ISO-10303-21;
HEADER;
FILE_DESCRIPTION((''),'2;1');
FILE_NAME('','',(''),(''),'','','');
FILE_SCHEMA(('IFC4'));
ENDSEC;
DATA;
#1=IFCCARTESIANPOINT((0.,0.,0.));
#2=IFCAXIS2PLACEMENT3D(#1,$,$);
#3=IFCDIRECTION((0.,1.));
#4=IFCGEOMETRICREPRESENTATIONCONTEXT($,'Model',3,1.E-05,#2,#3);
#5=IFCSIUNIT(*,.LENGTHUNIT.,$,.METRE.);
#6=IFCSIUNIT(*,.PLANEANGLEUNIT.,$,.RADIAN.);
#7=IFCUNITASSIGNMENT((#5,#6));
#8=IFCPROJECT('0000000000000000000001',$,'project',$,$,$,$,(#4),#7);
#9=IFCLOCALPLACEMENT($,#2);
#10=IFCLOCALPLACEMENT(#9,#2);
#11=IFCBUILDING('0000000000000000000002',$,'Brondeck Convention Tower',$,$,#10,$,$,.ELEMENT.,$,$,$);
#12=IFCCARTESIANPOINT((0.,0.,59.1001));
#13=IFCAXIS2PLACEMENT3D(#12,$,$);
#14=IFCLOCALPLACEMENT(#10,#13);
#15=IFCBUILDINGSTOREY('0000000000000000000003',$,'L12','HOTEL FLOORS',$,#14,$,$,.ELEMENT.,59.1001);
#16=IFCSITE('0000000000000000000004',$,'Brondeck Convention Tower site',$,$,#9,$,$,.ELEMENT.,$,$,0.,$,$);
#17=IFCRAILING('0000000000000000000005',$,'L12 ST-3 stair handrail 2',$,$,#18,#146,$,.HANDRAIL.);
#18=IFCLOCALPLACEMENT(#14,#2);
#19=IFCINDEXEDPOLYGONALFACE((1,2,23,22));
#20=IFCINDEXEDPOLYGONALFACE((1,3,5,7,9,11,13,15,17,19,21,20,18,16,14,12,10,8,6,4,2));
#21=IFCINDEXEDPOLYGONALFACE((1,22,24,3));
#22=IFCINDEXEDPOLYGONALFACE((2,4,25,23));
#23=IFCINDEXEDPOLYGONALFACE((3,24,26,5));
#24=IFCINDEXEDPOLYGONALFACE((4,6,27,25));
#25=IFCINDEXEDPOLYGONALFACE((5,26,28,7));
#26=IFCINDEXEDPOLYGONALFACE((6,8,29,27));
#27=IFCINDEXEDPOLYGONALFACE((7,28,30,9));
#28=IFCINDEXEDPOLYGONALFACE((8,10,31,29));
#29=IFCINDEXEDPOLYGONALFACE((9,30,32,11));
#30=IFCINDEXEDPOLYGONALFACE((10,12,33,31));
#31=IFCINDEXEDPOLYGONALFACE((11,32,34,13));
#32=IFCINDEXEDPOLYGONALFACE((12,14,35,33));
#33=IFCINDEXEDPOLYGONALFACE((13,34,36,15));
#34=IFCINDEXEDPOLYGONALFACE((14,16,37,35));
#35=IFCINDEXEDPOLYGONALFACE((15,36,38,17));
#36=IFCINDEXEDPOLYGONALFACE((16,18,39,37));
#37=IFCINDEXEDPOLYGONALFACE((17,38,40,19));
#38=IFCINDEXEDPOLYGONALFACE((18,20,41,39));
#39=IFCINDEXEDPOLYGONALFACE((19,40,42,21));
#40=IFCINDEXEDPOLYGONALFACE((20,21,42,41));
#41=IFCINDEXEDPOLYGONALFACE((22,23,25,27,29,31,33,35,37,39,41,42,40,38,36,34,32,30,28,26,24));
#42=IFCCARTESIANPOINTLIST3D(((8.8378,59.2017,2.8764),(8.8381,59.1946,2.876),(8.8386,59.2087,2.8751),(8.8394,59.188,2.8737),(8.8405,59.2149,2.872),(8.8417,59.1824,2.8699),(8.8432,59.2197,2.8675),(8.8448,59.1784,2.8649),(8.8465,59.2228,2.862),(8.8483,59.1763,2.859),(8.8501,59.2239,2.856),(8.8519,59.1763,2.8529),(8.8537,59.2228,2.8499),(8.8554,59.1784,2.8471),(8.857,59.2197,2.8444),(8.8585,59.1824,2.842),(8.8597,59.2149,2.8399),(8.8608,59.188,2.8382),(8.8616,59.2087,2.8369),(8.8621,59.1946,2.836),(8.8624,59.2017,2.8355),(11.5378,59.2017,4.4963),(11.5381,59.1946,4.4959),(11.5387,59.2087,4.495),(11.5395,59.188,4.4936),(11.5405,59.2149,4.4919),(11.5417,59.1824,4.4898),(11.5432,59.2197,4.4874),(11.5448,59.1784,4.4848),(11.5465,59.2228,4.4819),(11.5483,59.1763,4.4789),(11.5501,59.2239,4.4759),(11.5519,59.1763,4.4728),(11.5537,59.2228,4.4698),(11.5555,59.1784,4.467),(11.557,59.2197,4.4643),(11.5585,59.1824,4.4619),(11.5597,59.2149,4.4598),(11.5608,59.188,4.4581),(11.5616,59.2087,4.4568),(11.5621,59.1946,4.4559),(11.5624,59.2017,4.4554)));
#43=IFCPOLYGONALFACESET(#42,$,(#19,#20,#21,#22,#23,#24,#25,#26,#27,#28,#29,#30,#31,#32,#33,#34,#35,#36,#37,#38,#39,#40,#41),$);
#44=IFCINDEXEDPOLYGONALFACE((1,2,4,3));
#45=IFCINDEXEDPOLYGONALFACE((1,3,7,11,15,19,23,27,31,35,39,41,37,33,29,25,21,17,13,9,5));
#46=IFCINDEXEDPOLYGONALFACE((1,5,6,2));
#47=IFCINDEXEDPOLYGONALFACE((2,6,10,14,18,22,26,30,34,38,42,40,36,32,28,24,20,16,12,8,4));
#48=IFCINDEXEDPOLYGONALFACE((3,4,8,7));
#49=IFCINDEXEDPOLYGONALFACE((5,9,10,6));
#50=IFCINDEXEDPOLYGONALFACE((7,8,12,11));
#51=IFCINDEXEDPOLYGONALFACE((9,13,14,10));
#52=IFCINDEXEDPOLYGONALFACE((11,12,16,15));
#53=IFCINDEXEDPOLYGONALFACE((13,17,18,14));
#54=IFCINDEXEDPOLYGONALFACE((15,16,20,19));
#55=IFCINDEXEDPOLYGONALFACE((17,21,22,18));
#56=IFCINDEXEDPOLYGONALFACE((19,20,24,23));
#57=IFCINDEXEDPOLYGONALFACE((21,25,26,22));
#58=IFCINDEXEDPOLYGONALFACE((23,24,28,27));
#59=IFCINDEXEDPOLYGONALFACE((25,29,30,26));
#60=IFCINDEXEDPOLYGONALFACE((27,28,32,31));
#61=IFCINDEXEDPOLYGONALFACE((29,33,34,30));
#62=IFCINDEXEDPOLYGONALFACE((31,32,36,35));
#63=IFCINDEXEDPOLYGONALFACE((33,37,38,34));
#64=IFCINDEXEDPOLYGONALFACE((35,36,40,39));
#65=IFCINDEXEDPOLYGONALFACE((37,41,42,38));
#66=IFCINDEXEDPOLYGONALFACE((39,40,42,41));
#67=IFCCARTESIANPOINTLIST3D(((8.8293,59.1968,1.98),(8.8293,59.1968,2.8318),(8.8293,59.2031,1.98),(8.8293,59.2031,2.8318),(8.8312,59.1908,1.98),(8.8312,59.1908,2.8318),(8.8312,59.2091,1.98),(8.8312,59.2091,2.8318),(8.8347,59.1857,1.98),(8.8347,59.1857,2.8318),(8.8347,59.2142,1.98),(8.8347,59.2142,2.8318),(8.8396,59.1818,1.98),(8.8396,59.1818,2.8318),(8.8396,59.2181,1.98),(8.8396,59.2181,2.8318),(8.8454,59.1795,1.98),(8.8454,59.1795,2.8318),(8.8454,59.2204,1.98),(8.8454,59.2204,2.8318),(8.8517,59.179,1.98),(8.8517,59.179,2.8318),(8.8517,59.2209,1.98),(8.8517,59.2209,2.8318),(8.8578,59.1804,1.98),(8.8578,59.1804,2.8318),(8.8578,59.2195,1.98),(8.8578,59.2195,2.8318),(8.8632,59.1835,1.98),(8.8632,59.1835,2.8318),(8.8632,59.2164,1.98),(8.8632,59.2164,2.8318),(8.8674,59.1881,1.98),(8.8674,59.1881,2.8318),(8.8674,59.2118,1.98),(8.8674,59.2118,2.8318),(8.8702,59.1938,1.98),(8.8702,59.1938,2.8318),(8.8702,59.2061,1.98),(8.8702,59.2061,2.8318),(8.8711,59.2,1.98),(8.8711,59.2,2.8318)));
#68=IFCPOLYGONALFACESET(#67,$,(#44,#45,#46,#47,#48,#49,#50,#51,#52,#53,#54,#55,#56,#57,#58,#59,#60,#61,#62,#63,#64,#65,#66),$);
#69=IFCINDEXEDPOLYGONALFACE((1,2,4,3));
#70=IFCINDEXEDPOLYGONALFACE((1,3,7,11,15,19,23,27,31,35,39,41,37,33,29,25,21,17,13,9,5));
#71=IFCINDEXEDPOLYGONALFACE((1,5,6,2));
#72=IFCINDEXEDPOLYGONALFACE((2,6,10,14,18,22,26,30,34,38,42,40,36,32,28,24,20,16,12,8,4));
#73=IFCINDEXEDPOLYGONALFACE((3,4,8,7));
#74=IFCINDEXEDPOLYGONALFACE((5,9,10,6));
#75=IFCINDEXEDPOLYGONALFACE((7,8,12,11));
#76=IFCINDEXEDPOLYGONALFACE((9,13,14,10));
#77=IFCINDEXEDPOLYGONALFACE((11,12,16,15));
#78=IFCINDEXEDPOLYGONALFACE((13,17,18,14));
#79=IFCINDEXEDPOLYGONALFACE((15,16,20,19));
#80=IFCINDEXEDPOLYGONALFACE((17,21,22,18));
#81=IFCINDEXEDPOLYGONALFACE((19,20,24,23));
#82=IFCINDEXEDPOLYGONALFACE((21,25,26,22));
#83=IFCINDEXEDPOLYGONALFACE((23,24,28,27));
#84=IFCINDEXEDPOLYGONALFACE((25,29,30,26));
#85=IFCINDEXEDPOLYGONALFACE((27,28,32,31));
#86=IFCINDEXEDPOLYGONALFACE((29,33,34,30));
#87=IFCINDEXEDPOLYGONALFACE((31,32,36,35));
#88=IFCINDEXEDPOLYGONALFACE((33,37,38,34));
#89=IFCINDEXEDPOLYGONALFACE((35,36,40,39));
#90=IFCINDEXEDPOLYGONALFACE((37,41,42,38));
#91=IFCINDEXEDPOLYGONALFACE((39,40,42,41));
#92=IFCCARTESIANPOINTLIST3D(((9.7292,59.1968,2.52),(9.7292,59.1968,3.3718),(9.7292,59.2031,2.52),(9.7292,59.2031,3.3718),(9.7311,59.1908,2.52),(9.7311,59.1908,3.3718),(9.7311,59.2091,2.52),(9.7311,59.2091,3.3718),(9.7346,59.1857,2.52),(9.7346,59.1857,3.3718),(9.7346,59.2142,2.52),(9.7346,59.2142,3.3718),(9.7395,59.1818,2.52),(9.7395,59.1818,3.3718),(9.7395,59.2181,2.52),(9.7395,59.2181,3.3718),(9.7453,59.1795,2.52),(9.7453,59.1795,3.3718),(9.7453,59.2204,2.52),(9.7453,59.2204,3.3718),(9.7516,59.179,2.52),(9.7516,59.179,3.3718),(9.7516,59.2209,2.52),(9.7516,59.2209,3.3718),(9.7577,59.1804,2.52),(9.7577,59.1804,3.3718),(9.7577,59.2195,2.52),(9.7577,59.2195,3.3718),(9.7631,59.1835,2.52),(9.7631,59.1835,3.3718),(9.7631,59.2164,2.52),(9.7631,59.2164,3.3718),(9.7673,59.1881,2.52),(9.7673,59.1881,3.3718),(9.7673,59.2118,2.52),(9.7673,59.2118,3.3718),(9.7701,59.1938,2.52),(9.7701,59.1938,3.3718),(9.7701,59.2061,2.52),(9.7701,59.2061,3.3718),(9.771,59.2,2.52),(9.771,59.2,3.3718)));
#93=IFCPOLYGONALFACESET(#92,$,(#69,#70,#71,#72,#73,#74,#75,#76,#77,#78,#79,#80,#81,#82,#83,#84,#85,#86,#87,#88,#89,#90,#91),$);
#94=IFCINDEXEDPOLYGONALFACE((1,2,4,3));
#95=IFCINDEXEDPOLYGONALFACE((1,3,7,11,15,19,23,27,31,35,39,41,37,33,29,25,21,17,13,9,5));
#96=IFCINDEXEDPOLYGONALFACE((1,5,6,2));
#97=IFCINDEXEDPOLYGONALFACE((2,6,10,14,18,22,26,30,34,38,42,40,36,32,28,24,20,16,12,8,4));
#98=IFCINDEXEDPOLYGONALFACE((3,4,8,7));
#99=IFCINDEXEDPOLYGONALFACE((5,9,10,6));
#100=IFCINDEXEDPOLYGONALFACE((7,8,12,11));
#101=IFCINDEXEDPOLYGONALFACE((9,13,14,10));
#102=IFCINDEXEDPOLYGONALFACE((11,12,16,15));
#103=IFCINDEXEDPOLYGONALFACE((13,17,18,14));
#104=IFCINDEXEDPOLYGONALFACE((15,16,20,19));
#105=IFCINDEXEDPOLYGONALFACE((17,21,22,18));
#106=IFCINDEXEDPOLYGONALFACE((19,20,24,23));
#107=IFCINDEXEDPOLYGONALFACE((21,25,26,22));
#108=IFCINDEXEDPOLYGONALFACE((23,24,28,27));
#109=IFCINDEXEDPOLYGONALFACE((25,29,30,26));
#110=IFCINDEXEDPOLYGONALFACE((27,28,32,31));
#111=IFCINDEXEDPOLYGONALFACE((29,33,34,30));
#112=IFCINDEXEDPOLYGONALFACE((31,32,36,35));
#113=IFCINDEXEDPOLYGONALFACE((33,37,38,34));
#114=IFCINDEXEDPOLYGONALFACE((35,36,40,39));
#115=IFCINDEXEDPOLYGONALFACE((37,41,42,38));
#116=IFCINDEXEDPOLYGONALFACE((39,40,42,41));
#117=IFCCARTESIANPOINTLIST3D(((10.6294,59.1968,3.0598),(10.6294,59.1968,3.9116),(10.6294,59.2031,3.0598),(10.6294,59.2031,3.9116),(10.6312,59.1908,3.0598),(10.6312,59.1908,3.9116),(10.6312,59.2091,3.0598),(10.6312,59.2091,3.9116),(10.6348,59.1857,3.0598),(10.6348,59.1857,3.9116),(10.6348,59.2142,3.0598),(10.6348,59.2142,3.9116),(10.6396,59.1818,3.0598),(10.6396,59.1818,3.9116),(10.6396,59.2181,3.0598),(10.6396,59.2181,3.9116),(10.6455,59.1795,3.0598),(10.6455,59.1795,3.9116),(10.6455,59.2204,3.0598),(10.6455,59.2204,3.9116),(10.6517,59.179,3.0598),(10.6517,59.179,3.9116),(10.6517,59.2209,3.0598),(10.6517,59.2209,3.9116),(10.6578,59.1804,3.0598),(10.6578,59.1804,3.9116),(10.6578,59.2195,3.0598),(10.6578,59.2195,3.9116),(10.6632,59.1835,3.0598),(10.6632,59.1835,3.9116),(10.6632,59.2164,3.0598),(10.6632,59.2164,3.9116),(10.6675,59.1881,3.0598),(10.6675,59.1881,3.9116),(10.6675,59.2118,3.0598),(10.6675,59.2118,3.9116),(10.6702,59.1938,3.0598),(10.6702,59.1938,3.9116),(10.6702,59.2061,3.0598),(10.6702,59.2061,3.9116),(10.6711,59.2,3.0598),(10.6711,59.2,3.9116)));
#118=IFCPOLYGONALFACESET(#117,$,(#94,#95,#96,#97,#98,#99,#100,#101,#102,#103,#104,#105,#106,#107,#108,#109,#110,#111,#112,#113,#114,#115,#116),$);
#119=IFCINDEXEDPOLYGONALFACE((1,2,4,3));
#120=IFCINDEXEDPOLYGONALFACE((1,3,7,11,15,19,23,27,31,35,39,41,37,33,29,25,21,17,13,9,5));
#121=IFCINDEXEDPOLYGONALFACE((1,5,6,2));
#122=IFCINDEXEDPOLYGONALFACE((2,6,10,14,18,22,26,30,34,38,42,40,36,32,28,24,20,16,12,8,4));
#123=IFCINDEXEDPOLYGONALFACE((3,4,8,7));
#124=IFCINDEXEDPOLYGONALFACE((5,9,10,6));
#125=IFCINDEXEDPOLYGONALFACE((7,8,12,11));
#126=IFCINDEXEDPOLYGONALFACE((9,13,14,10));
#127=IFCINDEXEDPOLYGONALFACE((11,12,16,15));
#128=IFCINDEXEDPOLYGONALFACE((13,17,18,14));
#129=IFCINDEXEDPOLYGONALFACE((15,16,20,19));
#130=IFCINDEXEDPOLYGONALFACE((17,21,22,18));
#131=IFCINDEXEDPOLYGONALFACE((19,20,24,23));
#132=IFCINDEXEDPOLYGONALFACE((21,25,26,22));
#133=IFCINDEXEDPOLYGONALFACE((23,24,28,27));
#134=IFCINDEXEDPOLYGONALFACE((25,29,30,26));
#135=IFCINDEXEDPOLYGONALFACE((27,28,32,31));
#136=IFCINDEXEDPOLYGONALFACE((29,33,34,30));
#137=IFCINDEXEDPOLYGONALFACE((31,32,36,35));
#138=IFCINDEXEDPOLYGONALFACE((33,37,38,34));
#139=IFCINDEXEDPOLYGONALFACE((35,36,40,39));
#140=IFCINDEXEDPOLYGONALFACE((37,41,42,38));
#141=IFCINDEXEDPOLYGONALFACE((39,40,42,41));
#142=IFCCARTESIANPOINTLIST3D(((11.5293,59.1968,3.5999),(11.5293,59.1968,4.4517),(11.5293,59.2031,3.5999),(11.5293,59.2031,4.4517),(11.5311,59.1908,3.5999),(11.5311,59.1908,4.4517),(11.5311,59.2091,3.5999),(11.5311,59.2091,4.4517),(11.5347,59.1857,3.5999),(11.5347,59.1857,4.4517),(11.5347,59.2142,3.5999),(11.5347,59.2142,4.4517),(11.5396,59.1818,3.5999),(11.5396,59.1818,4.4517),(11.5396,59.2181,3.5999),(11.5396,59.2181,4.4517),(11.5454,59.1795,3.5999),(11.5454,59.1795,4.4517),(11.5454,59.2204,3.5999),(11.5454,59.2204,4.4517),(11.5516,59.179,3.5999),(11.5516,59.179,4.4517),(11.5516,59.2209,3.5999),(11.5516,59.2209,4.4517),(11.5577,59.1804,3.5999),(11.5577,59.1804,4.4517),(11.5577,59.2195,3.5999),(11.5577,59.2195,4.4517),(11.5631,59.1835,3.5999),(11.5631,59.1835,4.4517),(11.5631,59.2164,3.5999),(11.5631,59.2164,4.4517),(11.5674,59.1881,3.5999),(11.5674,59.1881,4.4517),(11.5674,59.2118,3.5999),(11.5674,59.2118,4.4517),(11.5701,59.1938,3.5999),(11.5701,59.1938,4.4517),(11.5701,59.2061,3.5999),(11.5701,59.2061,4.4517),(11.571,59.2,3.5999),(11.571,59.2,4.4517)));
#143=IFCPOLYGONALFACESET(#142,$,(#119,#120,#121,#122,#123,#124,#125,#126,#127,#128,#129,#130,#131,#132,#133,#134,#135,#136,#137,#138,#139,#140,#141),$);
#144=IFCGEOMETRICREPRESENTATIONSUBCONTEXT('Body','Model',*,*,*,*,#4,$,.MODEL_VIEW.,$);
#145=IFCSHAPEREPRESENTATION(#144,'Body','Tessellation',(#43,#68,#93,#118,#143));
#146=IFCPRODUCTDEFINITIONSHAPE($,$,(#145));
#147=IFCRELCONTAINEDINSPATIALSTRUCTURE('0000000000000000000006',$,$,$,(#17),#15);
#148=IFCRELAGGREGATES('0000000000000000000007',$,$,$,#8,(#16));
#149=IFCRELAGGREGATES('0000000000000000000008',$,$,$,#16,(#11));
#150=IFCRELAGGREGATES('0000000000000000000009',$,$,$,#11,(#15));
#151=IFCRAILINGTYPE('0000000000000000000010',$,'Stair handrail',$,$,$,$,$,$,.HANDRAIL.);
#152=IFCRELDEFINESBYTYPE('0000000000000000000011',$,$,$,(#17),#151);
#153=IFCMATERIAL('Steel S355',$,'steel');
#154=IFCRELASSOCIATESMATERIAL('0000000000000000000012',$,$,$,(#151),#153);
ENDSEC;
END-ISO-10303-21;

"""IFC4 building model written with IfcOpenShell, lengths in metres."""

from ifc_helpers import new_model, si_unit, direction, frame, origin, origin_2d, place, context, subcontext, project, spatial, circle, extrude, material, type_object, element, save


model = new_model("IFC4")

# Units and contexts
model_context = context("Model", 3, precision=1e-05, world=origin(), true_north=direction((0.0, 1.0)))
body_context = subcontext(model_context, "Body", "Model", "MODEL_VIEW")
ifc_project = project(units=[si_unit("LENGTHUNIT", "METRE"), si_unit("PLANEANGLEUNIT", "RADIAN")], contexts=[model_context])

# Site, building, storey
site_placement = place(None, origin())
site = spatial("IfcSite", under=ifc_project, at=site_placement, Name="Brondeck Convention Tower site", CompositionType="ELEMENT", RefElevation=0.0)
building_placement = place(site_placement, origin())
building = spatial("IfcBuilding", under=site, at=building_placement, Name="Brondeck Convention Tower", CompositionType="ELEMENT")
storey_placement = place(building_placement, frame((0.0, 0.0, 59.1001)))
storey = spatial("IfcBuildingStorey", under=building, at=storey_placement, Name="L12", Description="HOTEL FLOORS", CompositionType="ELEMENT", Elevation=59.1001)

# Railing
ifc_material_1 = material(Name="Steel S355", Category="steel")
railing_type = type_object("IfcRailingType", Name="Stair handrail", PredefinedType="HANDRAIL", material=ifc_material_1)
railing_placement = place(storey_placement, frame((8.8501, 59.2, 1.98)))
element("IfcRailing", 1, at=railing_placement, inside=storey, type_object=railing_type, Name="L12 ST-3 stair handrail 2", PredefinedType="HANDRAIL", context=body_context, shape_type="SweptSolid", body=[
    extrude(circle(Radius=0.0239, at=origin_2d()), frame((0.0, 0.0, 0.876), z_axis=(0.857507, 0.0, 0.514473), x_axis=(0.0, 1.0, 0.0)), (0.0, 0.0, 1.0), 3.1487),
    extrude(circle(Radius=0.021, at=origin_2d()), origin(), (0.0, 0.0, 1.0), 0.8518),
    extrude(circle(Radius=0.021, at=origin_2d()), frame((0.8999, 0.0, 0.54)), (0.0, 0.0, 1.0), 0.8518),
    extrude(circle(Radius=0.021, at=origin_2d()), frame((1.8, 0.0, 1.0798)), (0.0, 0.0, 1.0), 0.8518),
    extrude(circle(Radius=0.021, at=origin_2d()), frame((2.7, 0.0, 1.6199)), (0.0, 0.0, 1.0), 0.8518),
])

save(model, "model.ifc")
